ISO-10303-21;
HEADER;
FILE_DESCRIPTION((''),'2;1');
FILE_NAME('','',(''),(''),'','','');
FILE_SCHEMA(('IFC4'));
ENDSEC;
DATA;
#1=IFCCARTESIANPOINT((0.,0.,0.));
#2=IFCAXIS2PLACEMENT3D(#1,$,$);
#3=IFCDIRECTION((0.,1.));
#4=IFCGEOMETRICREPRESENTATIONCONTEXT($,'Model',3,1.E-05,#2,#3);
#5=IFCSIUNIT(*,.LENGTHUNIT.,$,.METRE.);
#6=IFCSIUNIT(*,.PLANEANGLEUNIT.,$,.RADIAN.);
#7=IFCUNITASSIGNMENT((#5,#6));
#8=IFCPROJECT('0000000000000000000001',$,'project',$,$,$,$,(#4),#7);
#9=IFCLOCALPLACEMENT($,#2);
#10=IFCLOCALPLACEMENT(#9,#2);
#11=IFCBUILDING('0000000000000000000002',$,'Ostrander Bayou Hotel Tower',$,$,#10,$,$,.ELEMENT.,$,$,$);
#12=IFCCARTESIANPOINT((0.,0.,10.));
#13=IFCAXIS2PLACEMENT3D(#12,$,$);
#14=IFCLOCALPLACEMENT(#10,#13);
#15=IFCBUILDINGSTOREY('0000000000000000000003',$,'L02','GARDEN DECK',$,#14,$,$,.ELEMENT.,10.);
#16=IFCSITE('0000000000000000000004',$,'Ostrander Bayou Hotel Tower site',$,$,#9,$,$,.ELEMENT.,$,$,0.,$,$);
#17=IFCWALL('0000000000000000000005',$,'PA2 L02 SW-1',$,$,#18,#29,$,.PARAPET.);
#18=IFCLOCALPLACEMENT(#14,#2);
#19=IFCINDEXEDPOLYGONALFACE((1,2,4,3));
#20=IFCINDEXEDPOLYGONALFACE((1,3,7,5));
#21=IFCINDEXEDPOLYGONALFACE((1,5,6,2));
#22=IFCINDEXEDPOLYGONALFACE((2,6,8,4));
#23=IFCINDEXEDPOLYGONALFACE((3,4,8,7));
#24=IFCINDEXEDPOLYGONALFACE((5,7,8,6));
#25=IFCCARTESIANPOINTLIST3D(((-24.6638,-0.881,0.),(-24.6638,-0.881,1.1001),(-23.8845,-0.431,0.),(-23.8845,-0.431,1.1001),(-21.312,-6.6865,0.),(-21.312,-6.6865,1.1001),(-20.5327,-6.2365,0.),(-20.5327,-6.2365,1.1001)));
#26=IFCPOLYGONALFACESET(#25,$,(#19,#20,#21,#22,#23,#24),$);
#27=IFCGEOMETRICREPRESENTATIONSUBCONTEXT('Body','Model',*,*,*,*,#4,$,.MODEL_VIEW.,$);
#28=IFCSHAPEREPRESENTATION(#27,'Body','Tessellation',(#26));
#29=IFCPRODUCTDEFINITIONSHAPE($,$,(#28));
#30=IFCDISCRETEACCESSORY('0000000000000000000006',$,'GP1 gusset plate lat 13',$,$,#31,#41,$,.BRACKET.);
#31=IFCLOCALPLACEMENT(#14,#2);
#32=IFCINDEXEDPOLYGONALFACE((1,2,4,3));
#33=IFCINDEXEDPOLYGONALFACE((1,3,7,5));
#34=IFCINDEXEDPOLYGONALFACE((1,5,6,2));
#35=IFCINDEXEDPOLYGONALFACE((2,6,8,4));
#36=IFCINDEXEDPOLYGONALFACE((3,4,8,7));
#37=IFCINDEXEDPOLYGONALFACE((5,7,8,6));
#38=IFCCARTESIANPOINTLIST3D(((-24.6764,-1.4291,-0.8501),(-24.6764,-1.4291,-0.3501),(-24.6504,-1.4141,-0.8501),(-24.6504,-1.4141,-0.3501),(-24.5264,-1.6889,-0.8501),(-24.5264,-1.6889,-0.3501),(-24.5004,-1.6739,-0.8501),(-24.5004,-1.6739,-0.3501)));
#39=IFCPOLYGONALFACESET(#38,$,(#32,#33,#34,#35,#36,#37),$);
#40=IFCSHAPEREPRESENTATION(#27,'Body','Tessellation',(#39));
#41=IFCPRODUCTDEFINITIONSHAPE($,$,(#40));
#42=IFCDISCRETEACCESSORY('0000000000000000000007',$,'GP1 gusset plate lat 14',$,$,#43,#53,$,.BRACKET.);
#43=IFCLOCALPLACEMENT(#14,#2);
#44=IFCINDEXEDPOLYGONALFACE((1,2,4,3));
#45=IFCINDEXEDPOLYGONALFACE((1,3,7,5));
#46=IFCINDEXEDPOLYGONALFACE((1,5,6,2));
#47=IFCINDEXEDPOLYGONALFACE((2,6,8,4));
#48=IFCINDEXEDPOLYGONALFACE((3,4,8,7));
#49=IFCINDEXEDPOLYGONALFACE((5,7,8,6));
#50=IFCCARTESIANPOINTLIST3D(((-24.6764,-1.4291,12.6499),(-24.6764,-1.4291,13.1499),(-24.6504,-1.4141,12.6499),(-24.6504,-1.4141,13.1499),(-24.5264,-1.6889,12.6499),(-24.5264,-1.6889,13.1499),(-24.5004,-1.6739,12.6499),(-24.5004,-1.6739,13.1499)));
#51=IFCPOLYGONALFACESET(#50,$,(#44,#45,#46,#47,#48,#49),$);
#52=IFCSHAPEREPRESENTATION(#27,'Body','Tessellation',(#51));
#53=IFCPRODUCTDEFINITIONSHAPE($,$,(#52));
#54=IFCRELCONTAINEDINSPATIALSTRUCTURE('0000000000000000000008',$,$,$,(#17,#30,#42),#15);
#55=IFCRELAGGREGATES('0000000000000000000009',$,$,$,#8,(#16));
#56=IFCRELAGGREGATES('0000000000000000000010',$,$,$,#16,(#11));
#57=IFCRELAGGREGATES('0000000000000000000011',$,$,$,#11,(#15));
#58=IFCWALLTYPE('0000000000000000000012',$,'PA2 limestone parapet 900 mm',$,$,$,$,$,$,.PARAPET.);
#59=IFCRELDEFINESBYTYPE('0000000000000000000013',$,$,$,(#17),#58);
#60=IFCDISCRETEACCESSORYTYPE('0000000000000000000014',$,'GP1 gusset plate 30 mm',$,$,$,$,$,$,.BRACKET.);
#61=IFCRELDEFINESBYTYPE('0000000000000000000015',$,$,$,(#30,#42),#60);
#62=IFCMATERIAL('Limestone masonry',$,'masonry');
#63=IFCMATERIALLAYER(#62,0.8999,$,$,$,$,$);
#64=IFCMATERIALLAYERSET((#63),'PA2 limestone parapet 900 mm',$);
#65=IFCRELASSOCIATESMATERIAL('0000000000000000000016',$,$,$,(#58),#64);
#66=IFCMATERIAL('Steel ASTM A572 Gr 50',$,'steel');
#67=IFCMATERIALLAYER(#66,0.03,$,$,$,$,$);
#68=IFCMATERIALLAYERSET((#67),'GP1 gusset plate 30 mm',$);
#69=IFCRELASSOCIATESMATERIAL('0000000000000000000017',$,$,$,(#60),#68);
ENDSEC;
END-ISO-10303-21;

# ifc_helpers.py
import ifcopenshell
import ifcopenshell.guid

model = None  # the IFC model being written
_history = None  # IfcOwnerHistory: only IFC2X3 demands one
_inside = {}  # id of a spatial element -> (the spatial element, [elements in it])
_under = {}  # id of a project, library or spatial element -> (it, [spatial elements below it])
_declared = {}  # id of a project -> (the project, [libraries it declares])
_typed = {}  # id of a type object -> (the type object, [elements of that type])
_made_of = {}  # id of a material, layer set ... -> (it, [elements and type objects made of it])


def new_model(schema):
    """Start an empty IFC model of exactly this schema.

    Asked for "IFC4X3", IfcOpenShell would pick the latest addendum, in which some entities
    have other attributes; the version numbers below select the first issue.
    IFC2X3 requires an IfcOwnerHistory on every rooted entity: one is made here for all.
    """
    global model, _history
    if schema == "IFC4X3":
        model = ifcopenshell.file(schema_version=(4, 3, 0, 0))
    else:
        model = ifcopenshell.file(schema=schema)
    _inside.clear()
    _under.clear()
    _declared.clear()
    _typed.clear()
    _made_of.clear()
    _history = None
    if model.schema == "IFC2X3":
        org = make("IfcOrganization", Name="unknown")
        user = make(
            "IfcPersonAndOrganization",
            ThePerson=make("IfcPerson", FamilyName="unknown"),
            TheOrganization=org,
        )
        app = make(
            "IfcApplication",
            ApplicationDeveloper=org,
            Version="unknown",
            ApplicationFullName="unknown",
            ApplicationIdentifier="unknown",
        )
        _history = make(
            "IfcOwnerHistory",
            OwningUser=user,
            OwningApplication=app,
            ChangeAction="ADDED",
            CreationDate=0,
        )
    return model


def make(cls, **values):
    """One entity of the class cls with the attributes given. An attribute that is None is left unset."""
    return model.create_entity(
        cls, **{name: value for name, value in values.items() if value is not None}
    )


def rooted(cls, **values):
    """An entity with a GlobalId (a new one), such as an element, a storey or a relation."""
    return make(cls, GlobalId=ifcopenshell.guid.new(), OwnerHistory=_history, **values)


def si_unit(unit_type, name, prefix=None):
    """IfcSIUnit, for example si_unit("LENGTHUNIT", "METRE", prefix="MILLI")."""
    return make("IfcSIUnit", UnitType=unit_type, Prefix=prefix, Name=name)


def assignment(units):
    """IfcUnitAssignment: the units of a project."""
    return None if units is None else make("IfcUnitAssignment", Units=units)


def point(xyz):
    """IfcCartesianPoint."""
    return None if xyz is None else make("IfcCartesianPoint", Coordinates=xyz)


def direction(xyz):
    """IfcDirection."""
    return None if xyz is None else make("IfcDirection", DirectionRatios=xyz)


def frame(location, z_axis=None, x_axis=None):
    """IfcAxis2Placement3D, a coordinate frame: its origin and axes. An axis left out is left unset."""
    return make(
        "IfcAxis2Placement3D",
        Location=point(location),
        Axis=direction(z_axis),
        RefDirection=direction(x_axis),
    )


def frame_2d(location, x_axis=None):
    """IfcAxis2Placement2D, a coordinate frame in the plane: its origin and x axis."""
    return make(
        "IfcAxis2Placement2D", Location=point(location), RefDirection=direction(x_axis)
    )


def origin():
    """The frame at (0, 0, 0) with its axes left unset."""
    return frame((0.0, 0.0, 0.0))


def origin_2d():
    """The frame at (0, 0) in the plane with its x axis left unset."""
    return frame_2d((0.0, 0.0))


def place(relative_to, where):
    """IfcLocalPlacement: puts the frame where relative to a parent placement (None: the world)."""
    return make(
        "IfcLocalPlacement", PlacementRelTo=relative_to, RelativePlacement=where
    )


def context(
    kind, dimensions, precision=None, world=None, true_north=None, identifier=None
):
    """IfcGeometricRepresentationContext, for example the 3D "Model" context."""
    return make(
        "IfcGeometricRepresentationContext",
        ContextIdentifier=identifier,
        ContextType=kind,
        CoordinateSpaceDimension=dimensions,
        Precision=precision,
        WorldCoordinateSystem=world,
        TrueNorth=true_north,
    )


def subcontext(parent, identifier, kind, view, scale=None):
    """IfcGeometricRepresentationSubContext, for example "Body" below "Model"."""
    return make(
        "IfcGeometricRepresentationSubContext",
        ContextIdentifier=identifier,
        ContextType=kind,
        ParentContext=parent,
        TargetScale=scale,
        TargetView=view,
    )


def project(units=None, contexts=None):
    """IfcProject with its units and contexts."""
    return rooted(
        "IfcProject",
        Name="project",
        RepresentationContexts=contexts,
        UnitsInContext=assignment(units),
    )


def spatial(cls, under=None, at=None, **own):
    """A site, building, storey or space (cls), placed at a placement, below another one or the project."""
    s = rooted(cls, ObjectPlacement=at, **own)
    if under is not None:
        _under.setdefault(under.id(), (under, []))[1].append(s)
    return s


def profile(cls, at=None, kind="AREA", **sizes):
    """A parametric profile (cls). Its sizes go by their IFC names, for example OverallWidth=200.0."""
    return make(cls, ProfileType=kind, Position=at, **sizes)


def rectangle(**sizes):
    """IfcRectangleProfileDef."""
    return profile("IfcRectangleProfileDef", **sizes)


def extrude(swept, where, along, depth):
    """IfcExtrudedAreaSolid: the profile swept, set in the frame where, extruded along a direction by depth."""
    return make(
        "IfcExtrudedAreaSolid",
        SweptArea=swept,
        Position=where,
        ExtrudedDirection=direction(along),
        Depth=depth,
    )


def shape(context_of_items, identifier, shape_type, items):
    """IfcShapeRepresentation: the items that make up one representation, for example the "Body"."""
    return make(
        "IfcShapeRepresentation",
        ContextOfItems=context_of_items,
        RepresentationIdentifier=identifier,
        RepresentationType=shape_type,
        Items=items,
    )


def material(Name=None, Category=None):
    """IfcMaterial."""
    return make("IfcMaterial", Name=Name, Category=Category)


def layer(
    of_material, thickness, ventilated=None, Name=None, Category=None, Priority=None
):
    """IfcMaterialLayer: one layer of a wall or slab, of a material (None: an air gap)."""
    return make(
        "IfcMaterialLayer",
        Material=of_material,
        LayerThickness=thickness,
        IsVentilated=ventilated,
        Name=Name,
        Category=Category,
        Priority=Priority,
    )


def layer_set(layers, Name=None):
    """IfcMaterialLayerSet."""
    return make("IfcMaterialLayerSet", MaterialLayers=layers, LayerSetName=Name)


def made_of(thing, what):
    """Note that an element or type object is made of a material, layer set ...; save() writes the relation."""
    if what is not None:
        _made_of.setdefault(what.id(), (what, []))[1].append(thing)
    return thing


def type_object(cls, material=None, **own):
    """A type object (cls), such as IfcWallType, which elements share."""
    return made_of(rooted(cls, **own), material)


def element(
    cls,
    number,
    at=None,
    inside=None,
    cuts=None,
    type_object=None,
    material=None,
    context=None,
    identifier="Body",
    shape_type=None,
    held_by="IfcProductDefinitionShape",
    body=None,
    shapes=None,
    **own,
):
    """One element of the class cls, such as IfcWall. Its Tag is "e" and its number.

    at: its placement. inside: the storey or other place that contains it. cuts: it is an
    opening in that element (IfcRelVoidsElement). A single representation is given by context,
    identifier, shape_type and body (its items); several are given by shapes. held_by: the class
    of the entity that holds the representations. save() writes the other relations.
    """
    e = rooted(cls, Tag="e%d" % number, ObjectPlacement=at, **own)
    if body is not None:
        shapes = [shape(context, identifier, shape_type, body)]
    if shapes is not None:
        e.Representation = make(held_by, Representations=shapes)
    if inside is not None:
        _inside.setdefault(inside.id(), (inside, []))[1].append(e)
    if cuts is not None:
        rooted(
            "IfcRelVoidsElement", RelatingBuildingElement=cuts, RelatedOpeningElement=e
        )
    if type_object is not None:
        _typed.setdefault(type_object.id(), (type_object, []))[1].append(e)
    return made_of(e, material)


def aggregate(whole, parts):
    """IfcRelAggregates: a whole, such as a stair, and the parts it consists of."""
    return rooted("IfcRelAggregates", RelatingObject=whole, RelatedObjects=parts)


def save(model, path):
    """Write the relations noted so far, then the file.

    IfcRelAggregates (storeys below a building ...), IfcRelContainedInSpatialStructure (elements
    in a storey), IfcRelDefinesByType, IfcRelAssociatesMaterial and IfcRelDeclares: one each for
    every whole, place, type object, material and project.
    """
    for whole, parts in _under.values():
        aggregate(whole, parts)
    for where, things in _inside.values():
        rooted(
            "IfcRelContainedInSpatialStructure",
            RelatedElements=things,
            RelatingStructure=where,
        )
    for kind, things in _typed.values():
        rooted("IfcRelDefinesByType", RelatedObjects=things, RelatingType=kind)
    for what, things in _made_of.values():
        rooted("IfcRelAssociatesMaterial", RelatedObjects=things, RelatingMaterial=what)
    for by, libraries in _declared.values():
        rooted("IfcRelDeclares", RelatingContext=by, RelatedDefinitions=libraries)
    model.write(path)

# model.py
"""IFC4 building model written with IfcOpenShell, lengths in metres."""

from ifc_helpers import new_model, si_unit, direction, frame, frame_2d, origin, origin_2d, place, context, subcontext, project, spatial, rectangle, extrude, material, layer, layer_set, type_object, element, save


model = new_model("IFC4")

# Units and contexts
model_context = context("Model", 3, precision=1e-05, world=origin(), true_north=direction((0.0, 1.0)))
body_context = subcontext(model_context, "Body", "Model", "MODEL_VIEW")
ifc_project = project(units=[si_unit("LENGTHUNIT", "METRE"), si_unit("PLANEANGLEUNIT", "RADIAN")], contexts=[model_context])

# Site, building, storey
site_placement = place(None, origin())
site = spatial("IfcSite", under=ifc_project, at=site_placement, Name="Ostrander Bayou Hotel Tower site", CompositionType="ELEMENT", RefElevation=0.0)
building_placement = place(site_placement, origin())
building = spatial("IfcBuilding", under=site, at=building_placement, Name="Ostrander Bayou Hotel Tower", CompositionType="ELEMENT")
storey_placement = place(building_placement, frame((0.0, 0.0, 10.0)))
storey = spatial("IfcBuildingStorey", under=building, at=storey_placement, Name="L02", Description="GARDEN DECK", CompositionType="ELEMENT", Elevation=10.0)

# Wall
ifc_material_1 = material(Name="Limestone masonry", Category="masonry")
ifc_layer_1 = layer(ifc_material_1, 0.8999)
ifc_layer_set_1 = layer_set([ifc_layer_1], Name="PA2 limestone parapet 900 mm")
wall_type = type_object("IfcWallType", Name="PA2 limestone parapet 900 mm", PredefinedType="PARAPET", material=ifc_layer_set_1)
wall_placement = place(storey_placement, frame((-24.2742, -0.656, 0.0), z_axis=(0.0, 0.0, 1.0), x_axis=(0.500005, -0.866022, 0.0)))
element("IfcWall", 1, at=wall_placement, inside=storey, type_object=wall_type, Name="PA2 L02 SW-1", PredefinedType="PARAPET", context=body_context, shape_type="SweptSolid", body=[
    extrude(rectangle(XDim=6.7036, YDim=0.8999, at=frame_2d((3.3518, 0.0))), origin(), (0.0, 0.0, 1.0), 1.1001),
])

# Discrete accessories
ifc_material_2 = material(Name="Steel ASTM A572 Gr 50", Category="steel")
ifc_layer_2 = layer(ifc_material_2, 0.03)
ifc_layer_set_2 = layer_set([ifc_layer_2], Name="GP1 gusset plate 30 mm")
discrete_accessory_type = type_object("IfcDiscreteAccessoryType", Name="GP1 gusset plate 30 mm", PredefinedType="BRACKET", material=ifc_layer_set_2)
for number, where, z_axis, x_axis, name in (
    (2, (-24.5884, -1.5515, -0.8501), (0.0, 0.0, 1.0), (0.5, -0.866025, 0.0), "GP1 gusset plate lat 13"),
    (3, (-24.5884, -1.5515, 12.6499), (0.0, 0.0, 1.0), (0.5, -0.866025, 0.0), "GP1 gusset plate lat 14"),
):
    element("IfcDiscreteAccessory", number, at=place(storey_placement, frame(where, z_axis=z_axis, x_axis=x_axis)), inside=storey, type_object=discrete_accessory_type, Name=name, PredefinedType="BRACKET", context=body_context, shape_type="SweptSolid", body=[
        extrude(rectangle(XDim=0.3, YDim=0.03, at=origin_2d()), origin(), (0.0, 0.0, 1.0), 0.5),
    ])

save(model, "model.ifc")
